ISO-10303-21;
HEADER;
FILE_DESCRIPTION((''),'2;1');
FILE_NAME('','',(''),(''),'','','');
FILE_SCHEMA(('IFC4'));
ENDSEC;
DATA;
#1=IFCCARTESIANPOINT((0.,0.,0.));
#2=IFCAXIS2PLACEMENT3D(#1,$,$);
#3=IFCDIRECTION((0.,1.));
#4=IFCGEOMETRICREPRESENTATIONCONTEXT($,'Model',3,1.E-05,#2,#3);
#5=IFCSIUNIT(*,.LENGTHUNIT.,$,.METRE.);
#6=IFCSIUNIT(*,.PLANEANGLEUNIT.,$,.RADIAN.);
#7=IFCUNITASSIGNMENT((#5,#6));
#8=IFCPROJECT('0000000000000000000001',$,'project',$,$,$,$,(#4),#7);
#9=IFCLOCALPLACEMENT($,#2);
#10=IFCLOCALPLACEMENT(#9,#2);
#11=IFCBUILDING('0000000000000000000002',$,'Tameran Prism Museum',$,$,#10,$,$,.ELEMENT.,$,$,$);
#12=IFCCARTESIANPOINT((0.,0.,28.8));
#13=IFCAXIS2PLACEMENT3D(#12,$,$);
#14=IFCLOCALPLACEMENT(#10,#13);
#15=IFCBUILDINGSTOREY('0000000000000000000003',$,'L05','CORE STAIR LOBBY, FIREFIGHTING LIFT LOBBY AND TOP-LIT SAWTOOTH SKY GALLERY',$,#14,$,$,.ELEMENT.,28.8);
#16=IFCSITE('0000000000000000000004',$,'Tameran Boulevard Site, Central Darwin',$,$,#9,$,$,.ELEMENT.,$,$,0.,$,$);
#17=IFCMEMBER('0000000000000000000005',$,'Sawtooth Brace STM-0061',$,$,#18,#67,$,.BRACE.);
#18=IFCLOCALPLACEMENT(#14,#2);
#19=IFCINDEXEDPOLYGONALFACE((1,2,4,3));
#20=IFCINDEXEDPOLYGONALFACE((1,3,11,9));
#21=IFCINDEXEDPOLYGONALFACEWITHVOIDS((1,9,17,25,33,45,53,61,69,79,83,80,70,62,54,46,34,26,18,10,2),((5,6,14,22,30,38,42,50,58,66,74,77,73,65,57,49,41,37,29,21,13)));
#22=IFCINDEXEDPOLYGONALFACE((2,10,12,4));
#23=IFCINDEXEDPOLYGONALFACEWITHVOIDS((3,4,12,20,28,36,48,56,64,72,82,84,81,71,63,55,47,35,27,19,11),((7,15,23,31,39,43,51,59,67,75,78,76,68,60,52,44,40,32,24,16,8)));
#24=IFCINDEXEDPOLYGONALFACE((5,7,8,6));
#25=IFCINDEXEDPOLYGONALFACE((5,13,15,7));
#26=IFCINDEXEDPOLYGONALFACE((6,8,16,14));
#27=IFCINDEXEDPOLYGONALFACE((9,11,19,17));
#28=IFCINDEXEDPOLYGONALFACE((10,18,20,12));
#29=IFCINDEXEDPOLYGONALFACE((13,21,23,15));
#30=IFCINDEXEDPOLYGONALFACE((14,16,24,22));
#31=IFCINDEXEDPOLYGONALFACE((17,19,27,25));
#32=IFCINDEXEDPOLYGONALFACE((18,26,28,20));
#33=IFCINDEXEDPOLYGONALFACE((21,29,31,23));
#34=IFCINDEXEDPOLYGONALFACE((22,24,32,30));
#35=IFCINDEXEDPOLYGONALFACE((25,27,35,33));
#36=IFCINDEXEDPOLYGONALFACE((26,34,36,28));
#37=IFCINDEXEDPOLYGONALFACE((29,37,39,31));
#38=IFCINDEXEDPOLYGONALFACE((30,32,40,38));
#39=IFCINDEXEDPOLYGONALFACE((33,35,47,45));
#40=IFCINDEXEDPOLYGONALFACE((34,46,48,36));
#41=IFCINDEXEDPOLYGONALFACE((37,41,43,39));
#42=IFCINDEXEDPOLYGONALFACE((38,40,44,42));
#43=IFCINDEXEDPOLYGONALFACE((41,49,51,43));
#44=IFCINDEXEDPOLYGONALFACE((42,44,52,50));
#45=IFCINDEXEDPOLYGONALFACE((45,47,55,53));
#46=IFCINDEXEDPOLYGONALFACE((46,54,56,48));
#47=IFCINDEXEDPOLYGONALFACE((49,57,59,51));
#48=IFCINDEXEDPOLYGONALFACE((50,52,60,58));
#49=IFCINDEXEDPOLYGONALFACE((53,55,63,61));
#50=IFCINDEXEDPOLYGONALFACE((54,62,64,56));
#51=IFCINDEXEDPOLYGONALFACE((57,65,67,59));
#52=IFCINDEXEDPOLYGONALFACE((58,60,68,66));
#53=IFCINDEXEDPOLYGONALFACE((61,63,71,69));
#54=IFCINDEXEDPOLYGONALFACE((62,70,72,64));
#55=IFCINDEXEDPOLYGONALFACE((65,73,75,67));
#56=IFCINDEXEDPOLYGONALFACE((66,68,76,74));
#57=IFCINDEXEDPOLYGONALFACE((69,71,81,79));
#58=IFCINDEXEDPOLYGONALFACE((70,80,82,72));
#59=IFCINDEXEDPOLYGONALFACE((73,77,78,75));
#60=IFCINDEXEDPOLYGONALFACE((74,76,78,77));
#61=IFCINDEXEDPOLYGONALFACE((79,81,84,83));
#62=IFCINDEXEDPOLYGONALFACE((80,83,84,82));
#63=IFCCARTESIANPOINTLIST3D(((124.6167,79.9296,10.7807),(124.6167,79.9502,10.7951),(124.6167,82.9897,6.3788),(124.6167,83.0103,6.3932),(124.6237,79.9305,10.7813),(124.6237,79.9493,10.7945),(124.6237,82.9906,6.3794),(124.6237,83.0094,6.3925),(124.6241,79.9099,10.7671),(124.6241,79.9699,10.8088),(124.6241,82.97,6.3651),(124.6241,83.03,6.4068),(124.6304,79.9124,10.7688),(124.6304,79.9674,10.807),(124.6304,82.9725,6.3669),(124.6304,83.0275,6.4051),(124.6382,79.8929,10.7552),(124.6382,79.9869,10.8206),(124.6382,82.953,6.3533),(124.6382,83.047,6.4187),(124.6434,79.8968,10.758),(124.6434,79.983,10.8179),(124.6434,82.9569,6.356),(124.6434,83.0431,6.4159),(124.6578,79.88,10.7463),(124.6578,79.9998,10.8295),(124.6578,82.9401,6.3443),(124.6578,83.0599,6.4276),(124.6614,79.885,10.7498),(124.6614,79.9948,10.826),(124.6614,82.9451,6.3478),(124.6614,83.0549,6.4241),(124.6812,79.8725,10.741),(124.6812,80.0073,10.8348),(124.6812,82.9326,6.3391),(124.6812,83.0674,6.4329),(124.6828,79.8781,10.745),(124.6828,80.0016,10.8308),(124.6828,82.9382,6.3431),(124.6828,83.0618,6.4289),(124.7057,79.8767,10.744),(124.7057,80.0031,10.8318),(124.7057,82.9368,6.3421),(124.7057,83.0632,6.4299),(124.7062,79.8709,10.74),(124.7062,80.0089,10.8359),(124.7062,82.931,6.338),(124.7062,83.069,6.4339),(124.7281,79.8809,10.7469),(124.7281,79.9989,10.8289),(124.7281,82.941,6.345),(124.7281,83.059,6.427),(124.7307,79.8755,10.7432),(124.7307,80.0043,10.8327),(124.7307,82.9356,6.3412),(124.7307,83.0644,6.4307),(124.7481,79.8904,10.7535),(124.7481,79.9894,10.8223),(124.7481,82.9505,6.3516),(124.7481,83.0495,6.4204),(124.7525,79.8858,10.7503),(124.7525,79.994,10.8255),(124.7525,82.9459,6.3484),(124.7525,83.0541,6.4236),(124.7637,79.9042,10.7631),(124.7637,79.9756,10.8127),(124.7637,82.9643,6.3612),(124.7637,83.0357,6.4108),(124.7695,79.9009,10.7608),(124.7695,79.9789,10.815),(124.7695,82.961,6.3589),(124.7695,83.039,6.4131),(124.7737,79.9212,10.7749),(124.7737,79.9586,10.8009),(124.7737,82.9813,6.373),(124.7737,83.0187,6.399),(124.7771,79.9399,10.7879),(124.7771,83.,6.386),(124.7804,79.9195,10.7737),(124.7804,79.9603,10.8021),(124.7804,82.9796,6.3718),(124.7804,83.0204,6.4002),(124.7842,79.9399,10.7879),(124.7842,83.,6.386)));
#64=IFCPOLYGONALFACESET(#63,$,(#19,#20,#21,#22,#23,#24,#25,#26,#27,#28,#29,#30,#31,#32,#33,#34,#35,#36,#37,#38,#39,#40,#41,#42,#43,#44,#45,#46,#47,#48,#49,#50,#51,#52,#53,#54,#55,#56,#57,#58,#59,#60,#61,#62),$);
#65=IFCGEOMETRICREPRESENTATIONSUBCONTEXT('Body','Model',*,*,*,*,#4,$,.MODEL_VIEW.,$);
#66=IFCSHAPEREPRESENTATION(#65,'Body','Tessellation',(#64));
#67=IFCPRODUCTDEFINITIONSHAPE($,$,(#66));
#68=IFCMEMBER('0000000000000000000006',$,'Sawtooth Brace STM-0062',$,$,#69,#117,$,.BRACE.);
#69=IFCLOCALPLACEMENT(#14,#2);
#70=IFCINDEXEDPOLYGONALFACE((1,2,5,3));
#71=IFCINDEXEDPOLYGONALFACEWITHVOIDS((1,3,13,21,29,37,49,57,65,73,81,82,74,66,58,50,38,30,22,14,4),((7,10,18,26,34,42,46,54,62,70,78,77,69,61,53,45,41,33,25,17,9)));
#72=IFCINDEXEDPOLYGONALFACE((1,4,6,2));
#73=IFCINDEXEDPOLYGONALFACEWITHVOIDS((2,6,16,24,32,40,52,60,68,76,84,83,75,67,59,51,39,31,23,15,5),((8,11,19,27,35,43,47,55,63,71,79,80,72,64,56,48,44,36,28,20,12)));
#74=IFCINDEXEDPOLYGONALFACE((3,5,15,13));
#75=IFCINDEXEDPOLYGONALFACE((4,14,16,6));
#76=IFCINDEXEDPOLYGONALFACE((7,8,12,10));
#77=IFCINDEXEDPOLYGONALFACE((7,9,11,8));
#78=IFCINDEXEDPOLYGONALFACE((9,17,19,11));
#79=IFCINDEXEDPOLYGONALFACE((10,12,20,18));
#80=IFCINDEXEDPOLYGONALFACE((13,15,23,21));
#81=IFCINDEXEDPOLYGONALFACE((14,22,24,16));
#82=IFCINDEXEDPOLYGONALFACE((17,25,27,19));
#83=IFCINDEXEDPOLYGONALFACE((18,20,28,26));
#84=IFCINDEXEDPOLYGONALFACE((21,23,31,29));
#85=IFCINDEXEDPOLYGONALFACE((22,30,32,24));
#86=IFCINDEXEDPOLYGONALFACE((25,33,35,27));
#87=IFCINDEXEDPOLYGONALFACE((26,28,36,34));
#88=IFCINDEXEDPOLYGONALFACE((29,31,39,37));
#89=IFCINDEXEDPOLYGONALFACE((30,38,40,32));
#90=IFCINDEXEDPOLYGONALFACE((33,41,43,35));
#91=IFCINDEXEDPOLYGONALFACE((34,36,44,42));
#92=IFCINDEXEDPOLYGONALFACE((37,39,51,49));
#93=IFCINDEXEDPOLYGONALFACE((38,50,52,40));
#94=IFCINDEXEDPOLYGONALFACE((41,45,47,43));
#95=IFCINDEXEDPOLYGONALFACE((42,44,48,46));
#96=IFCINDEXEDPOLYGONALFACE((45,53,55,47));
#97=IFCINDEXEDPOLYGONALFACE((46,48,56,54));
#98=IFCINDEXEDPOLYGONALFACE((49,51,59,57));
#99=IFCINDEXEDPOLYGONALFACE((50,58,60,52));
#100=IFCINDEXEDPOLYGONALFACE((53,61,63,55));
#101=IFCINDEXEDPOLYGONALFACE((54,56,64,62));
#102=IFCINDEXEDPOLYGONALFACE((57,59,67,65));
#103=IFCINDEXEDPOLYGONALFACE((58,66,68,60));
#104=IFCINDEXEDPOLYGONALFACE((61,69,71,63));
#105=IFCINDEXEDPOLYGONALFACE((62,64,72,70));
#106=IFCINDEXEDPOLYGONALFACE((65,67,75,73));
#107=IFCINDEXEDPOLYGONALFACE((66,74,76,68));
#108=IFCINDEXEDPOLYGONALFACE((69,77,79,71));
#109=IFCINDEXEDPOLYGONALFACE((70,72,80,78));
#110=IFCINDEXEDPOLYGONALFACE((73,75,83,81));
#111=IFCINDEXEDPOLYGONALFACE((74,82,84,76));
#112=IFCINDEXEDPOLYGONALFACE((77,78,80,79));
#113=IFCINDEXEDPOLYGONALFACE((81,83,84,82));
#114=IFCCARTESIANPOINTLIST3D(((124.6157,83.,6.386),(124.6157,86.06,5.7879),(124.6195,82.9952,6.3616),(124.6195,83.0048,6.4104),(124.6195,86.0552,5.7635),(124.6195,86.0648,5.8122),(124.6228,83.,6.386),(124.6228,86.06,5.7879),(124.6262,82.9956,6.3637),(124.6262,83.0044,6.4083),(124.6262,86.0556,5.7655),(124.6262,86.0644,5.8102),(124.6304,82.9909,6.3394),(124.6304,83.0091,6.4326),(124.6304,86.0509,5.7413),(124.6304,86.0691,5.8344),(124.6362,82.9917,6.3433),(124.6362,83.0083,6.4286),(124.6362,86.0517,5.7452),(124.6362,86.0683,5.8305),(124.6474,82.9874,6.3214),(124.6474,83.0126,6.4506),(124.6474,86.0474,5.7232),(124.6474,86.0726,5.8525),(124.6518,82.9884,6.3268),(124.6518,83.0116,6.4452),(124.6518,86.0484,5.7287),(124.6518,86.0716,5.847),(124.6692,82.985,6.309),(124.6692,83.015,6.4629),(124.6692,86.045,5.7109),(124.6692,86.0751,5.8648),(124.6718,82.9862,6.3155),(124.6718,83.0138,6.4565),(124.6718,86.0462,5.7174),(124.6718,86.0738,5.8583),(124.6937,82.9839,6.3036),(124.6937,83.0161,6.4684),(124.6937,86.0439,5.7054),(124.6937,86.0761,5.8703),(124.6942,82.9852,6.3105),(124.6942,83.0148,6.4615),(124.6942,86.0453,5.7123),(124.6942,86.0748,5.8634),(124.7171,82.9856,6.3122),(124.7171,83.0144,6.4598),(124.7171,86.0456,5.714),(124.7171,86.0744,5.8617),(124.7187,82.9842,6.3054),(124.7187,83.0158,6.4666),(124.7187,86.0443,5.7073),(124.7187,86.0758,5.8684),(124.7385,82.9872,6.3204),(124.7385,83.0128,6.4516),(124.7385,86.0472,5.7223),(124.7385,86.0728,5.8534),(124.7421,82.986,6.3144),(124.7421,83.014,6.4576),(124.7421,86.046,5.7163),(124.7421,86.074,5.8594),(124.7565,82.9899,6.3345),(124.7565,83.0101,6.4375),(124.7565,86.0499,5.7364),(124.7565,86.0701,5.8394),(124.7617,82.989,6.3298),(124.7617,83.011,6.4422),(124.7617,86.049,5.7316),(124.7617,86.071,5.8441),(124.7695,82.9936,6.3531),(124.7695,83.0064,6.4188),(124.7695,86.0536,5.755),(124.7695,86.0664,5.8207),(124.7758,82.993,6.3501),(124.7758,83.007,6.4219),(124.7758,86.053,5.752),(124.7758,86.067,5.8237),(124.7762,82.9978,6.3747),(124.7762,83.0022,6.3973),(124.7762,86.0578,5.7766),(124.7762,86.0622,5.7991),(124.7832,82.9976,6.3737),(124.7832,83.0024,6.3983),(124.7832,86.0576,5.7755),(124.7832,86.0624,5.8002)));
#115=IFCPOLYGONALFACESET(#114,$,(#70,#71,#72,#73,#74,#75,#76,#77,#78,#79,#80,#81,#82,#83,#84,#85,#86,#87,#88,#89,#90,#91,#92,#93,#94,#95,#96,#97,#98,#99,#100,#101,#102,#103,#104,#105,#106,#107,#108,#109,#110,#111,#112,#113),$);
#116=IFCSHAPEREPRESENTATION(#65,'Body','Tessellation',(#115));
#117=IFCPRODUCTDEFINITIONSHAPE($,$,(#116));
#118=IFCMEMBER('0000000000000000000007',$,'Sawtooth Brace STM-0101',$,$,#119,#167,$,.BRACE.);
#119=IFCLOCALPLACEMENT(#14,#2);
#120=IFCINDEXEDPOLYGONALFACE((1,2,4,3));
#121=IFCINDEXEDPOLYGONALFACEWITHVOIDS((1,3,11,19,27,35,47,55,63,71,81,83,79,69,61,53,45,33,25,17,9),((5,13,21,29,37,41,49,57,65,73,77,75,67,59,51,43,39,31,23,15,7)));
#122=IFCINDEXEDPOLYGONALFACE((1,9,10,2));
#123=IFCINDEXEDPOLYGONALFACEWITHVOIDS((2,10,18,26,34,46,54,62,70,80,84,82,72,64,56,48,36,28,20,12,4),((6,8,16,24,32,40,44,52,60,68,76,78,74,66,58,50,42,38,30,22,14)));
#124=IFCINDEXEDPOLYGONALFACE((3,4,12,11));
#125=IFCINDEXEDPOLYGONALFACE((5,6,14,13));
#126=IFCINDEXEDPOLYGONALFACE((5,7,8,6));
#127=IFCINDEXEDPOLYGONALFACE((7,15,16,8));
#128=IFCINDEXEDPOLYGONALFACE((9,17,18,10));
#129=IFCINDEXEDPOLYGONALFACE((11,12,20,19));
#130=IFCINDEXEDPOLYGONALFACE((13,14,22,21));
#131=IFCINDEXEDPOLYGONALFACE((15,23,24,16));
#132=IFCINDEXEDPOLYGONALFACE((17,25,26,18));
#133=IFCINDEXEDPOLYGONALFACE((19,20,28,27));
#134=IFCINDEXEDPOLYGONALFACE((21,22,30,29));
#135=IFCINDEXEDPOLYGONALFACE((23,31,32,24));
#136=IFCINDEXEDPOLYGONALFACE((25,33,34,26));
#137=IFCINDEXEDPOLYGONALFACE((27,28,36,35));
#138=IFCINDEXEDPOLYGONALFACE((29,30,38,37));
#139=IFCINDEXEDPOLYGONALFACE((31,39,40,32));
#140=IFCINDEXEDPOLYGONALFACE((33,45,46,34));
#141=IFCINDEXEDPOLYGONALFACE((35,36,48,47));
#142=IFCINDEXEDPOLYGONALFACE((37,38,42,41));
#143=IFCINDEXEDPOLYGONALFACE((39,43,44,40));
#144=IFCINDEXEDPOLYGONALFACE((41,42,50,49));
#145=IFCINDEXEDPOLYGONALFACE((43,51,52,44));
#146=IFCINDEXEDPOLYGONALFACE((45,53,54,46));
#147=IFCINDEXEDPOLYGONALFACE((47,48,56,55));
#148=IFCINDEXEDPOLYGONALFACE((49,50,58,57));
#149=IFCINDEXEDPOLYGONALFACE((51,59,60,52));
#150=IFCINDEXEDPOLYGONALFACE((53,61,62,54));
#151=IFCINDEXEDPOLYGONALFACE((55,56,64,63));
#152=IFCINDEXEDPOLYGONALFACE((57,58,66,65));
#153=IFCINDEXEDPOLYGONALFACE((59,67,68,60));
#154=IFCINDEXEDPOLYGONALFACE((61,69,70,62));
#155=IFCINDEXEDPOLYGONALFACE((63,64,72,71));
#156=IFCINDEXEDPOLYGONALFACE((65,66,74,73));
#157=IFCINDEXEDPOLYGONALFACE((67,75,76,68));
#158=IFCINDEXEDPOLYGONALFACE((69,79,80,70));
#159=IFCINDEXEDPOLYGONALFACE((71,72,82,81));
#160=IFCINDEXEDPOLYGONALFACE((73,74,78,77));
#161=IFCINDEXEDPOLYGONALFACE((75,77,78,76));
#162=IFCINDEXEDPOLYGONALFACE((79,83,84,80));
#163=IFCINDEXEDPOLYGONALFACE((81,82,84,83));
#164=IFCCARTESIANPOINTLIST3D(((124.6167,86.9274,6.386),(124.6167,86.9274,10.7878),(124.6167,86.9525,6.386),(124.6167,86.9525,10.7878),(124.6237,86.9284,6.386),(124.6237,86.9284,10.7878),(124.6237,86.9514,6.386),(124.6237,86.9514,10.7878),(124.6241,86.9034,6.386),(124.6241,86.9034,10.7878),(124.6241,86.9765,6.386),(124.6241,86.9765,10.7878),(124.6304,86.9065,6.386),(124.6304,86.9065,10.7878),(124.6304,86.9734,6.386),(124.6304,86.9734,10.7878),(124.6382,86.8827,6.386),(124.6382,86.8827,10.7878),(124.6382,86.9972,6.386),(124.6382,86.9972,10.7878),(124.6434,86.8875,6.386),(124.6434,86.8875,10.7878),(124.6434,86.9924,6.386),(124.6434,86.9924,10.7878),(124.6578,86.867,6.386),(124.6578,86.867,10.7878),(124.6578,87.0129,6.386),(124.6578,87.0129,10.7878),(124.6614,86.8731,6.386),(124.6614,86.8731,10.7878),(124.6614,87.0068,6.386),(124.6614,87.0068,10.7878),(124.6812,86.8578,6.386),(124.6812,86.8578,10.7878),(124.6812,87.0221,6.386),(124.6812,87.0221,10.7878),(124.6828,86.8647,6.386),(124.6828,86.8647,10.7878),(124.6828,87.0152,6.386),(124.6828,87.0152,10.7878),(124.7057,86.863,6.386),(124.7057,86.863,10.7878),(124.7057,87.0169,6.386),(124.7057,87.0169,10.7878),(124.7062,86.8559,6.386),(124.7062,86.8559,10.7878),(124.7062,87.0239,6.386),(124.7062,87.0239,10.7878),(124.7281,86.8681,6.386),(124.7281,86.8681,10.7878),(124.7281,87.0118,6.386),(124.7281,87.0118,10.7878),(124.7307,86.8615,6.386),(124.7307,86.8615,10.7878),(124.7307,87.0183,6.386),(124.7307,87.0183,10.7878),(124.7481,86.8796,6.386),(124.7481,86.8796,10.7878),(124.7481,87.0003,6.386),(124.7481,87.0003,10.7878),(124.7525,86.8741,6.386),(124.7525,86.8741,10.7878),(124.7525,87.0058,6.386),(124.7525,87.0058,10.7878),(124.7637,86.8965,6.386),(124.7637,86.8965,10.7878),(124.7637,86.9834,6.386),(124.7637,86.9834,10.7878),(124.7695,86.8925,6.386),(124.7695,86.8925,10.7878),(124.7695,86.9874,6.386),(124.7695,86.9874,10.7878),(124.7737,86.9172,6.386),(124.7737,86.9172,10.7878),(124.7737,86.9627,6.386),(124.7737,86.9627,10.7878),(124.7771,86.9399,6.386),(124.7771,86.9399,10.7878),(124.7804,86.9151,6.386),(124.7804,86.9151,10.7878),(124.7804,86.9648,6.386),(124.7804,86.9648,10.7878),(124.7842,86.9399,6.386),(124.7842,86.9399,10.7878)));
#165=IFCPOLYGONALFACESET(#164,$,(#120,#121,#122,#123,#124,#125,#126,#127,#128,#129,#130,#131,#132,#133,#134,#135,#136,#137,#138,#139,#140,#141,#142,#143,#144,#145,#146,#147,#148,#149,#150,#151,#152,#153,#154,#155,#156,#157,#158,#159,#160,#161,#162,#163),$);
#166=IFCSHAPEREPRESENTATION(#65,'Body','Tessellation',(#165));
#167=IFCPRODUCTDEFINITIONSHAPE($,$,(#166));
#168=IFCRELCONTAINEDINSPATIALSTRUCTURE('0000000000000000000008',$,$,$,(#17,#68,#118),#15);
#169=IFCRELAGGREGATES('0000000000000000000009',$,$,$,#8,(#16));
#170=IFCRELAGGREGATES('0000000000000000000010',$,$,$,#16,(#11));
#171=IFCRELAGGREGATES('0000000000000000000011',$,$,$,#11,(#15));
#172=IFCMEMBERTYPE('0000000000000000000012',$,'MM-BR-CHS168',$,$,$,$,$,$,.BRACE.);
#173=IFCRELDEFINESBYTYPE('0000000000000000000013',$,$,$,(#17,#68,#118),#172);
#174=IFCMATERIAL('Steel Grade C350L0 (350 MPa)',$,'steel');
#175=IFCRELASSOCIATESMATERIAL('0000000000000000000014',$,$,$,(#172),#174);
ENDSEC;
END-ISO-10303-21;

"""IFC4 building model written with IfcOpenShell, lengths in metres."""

from ifc_helpers import new_model, si_unit, direction, frame, origin, origin_2d, place, context, subcontext, project, spatial, hollow_circle, extrude, material, material_profile, profile_set, type_object, element, save


model = new_model("IFC4")

# Units and contexts
model_context = context("Model", 3, precision=1e-05, world=origin(), true_north=direction((0.0, 1.0)))
body_context = subcontext(model_context, "Body", "Model", "MODEL_VIEW")
ifc_project = project(units=[si_unit("LENGTHUNIT", "METRE"), si_unit("PLANEANGLEUNIT", "RADIAN")], contexts=[model_context])

# Site, building, storey
site_placement = place(None, origin())
site = spatial("IfcSite", under=ifc_project, at=site_placement, Name="Tameran Boulevard Site, Central Darwin", CompositionType="ELEMENT", RefElevation=0.0)
building_placement = place(site_placement, origin())
building = spatial("IfcBuilding", under=site, at=building_placement, Name="Tameran Prism Museum", CompositionType="ELEMENT")
storey_placement = place(building_placement, frame((0.0, 0.0, 28.8)))
storey = spatial("IfcBuildingStorey", under=building, at=storey_placement, Name="L05", Description="CORE STAIR LOBBY, FIREFIGHTING LIFT LOBBY AND TOP-LIT SAWTOOTH SKY GALLERY", CompositionType="ELEMENT", Elevation=28.8)

# Members
ifc_material_1 = material(Name="Steel Grade C350L0 (350 MPa)", Category="steel")
ifc_material_profile_1 = material_profile(ifc_material_1, hollow_circle(Radius=0.0842, WallThickness=0.0071, at=origin_2d()))
ifc_profile_set_1 = profile_set([ifc_material_profile_1])
member_type_1 = type_object("IfcMemberType", Name="MM-BR-CHS168", PredefinedType="BRACE", material=ifc_profile_set_1)
member_1_placement = place(storey_placement, frame((124.7, 83.0, 6.386), z_axis=(0.0, -0.5708, 0.821089), x_axis=(1.0, 0.0, 0.0)))
element("IfcMember", 1, at=member_1_placement, inside=storey, type_object=member_type_1, Name="Sawtooth Brace STM-0061", PredefinedType="BRACE", context=body_context, shape_type="SweptSolid", body=[
    extrude(hollow_circle(Radius=0.0842, WallThickness=0.0071, at=origin_2d()), origin(), (0.0, 0.0, 1.0), 5.3611),
])
member_2_placement = place(storey_placement, frame((124.7, 83.0, 6.386), z_axis=(0.0, 0.981427, -0.191838), x_axis=(-1.0, 0.0, 0.0)))
element("IfcMember", 2, at=member_2_placement, inside=storey, type_object=member_type_1, Name="Sawtooth Brace STM-0062", PredefinedType="BRACE", context=body_context, shape_type="SweptSolid", body=[
    extrude(hollow_circle(Radius=0.0842, WallThickness=0.0071, at=origin_2d()), origin(), (0.0, 0.0, 1.0), 3.1179),
])
member_3_placement = place(storey_placement, frame((124.7, 86.9399, 6.386), z_axis=(0.0, 0.0, 1.0), x_axis=(1.0, 0.0, 0.0)))
element("IfcMember", 3, at=member_3_placement, inside=storey, type_object=member_type_1, Name="Sawtooth Brace STM-0101", PredefinedType="BRACE", context=body_context, shape_type="SweptSolid", body=[
    extrude(hollow_circle(Radius=0.0842, WallThickness=0.0071, at=origin_2d()), origin(), (0.0, 0.0, 1.0), 4.4019),
])

save(model, "model.ifc")
